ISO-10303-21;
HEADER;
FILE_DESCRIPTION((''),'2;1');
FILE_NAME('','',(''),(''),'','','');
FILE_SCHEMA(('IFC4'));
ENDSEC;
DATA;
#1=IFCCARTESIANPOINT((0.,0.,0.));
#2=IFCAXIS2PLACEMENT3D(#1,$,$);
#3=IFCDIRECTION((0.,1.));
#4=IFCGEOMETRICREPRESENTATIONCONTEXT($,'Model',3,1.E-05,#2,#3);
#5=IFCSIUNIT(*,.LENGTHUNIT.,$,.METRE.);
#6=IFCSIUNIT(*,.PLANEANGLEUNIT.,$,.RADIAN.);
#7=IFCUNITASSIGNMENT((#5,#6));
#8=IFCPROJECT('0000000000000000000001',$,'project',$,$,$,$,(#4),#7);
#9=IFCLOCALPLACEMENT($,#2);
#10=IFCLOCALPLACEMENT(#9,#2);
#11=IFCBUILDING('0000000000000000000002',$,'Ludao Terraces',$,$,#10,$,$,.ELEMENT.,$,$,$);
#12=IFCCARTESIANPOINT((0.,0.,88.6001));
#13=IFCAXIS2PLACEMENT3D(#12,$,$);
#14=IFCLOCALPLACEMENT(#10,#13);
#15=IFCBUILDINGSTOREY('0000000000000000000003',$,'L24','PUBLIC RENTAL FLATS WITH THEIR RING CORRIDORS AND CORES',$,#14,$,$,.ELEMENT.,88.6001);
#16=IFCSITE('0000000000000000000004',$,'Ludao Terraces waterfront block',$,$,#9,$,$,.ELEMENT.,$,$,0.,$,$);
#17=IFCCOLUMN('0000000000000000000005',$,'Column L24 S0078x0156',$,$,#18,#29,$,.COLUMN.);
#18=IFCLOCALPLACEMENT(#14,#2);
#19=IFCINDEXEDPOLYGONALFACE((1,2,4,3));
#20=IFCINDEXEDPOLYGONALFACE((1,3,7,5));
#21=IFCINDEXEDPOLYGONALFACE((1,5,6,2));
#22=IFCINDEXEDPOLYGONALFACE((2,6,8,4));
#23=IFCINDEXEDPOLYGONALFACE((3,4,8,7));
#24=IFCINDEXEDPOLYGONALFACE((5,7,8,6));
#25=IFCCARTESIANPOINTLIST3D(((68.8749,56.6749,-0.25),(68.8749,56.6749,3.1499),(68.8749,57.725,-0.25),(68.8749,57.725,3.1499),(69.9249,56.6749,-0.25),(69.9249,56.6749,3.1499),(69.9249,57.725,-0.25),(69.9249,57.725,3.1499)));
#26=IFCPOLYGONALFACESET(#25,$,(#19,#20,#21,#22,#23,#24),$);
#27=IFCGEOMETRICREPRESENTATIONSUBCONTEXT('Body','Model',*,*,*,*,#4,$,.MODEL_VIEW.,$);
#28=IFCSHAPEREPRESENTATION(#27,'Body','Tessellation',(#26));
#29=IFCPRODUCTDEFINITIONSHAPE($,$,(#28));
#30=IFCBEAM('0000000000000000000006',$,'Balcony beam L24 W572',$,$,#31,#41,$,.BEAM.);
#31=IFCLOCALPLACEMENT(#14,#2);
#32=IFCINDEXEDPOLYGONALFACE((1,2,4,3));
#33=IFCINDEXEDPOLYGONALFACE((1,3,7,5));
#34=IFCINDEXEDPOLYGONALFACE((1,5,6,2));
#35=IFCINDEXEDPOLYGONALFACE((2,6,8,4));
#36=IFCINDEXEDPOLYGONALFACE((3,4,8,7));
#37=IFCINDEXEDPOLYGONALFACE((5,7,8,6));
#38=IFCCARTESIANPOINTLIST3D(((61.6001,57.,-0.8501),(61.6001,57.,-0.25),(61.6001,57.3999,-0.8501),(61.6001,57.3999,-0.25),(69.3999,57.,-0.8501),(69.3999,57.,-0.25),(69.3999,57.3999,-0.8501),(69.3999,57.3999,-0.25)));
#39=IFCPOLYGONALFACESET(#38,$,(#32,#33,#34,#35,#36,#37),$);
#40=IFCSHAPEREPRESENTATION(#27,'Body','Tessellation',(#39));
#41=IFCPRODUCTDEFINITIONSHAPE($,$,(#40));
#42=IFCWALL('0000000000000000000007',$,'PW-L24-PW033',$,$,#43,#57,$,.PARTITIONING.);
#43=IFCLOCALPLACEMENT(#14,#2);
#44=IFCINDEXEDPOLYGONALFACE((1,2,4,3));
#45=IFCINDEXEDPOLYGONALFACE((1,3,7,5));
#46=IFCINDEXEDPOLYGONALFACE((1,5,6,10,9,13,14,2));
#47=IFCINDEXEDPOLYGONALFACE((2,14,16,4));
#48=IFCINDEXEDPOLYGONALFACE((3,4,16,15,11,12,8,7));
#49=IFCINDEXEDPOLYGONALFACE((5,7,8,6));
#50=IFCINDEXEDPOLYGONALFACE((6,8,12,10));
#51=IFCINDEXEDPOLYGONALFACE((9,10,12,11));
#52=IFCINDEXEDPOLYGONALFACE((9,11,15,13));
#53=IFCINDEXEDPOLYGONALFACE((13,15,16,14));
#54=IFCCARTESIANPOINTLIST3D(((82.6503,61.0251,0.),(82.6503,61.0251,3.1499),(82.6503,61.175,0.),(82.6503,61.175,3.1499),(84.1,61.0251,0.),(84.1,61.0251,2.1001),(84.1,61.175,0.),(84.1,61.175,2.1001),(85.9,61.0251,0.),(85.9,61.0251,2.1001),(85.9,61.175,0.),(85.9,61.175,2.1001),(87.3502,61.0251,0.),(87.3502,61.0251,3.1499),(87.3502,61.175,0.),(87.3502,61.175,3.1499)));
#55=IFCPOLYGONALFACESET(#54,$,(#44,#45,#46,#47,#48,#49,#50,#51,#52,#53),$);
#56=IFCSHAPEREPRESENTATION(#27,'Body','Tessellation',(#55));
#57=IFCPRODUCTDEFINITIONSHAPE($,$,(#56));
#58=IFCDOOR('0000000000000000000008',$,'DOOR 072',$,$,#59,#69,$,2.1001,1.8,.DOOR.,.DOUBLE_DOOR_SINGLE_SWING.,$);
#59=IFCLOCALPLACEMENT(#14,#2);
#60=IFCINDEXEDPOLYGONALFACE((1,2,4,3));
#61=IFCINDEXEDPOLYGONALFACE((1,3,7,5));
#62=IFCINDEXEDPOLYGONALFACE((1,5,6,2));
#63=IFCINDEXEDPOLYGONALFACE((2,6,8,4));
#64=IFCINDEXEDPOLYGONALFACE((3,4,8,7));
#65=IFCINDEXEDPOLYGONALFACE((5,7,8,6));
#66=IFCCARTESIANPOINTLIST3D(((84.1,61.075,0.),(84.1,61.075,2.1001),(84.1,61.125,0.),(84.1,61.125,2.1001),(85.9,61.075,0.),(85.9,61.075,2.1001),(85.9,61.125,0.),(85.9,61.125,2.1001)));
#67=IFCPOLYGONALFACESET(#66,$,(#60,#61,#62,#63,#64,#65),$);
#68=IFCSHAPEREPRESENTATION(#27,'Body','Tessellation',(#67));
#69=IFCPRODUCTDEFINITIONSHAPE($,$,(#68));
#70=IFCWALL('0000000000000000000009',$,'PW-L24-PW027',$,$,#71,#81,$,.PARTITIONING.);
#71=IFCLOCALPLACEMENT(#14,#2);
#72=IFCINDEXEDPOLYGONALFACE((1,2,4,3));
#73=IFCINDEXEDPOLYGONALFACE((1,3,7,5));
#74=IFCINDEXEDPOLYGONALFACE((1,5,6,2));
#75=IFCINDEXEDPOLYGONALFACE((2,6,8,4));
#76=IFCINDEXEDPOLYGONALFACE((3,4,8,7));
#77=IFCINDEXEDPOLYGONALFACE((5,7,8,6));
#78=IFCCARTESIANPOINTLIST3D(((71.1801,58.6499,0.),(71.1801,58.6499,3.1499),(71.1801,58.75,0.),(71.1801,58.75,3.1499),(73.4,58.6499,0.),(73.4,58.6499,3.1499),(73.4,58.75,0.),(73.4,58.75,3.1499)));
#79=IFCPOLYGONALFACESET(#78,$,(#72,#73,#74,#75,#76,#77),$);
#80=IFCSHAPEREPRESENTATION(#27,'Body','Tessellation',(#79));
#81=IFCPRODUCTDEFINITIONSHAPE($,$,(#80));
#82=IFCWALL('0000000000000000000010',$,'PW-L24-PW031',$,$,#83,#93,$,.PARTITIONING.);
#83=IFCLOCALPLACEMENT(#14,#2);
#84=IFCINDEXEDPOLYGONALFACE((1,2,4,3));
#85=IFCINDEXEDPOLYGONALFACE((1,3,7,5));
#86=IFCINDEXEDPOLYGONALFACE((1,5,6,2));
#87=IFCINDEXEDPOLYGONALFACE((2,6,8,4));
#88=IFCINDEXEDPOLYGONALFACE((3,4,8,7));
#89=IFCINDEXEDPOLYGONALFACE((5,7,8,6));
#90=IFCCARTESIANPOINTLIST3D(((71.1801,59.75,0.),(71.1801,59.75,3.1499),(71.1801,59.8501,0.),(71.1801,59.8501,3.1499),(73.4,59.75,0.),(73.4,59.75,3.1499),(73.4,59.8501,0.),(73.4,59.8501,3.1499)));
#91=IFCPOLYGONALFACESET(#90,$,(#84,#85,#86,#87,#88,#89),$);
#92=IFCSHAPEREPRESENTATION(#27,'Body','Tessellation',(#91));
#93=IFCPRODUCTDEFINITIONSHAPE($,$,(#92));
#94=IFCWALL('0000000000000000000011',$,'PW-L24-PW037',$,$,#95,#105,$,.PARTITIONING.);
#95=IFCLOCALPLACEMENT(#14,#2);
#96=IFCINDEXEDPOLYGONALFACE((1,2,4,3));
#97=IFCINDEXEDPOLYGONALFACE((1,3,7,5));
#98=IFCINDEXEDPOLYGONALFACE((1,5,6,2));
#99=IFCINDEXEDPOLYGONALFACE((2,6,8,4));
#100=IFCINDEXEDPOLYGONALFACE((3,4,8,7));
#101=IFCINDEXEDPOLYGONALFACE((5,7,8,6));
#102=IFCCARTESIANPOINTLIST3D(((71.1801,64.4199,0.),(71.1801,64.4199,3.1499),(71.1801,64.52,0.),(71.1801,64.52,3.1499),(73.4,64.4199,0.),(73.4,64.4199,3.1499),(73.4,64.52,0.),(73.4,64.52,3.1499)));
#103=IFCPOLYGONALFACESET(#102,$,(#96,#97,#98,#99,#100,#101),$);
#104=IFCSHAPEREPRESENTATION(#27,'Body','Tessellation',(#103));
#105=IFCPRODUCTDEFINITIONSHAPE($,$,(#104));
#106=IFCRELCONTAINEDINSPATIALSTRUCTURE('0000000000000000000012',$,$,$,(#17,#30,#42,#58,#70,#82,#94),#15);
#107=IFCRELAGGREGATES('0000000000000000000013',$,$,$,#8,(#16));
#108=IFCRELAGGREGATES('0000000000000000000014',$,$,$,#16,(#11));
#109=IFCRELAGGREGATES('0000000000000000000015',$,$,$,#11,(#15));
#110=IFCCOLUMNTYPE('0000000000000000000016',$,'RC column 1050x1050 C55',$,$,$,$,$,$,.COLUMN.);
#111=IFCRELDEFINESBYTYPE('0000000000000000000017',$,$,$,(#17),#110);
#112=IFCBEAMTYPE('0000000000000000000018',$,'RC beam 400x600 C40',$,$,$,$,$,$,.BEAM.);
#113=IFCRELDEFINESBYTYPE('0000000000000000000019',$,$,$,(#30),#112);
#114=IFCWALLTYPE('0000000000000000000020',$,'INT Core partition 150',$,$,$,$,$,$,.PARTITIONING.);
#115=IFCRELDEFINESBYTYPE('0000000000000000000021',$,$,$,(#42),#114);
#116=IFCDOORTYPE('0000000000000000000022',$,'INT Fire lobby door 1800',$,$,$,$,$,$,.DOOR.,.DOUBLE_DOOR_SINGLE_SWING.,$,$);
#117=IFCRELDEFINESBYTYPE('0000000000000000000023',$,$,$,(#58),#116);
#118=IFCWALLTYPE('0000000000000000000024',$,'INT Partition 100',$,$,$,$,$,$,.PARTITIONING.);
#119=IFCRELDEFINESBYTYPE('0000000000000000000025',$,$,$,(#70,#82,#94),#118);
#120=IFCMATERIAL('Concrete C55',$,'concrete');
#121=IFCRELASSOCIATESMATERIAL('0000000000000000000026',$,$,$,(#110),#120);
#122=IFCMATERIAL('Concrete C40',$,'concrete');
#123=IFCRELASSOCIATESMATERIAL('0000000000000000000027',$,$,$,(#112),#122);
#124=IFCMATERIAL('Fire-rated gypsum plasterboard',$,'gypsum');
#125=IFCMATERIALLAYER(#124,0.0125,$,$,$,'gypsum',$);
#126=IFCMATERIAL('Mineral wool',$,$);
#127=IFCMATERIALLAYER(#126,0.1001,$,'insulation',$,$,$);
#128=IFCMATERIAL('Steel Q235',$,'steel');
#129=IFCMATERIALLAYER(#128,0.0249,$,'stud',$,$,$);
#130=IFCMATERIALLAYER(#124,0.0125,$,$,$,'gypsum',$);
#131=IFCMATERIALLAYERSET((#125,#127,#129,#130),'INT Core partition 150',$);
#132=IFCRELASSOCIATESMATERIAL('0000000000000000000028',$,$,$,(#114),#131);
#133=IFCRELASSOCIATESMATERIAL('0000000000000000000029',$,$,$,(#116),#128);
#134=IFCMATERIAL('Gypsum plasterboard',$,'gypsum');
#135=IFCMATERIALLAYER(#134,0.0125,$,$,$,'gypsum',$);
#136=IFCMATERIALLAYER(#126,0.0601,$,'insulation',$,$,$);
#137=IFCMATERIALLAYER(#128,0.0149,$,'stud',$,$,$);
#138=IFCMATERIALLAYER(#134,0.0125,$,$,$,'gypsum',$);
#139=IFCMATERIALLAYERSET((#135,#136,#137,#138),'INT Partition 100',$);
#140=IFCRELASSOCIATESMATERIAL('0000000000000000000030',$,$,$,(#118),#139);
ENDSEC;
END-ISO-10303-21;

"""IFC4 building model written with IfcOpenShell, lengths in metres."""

from ifc_helpers import new_model, si_unit, direction, frame, frame_2d, origin, origin_2d, place, context, subcontext, project, spatial, rectangle, extrude, material, layer, layer_set, material_profile, profile_set, type_object, element, fill, save


model = new_model("IFC4")

# Units and contexts
model_context = context("Model", 3, precision=1e-05, world=origin(), true_north=direction((0.0, 1.0)))
body_context = subcontext(model_context, "Body", "Model", "MODEL_VIEW")
ifc_project = project(units=[si_unit("LENGTHUNIT", "METRE"), si_unit("PLANEANGLEUNIT", "RADIAN")], contexts=[model_context])

# Site, building, storey
site_placement = place(None, origin())
site = spatial("IfcSite", under=ifc_project, at=site_placement, Name="Ludao Terraces waterfront block", CompositionType="ELEMENT", RefElevation=0.0)
building_placement = place(site_placement, origin())
building = spatial("IfcBuilding", under=site, at=building_placement, Name="Ludao Terraces", CompositionType="ELEMENT")
storey_placement = place(building_placement, frame((0.0, 0.0, 88.6001)))
storey = spatial("IfcBuildingStorey", under=building, at=storey_placement, Name="L24", Description="PUBLIC RENTAL FLATS WITH THEIR RING CORRIDORS AND CORES", CompositionType="ELEMENT", Elevation=88.6001)

# Column
ifc_material_1 = material(Name="Concrete C55", Category="concrete")
ifc_material_profile_1 = material_profile(ifc_material_1, rectangle(XDim=1.05, YDim=1.05, at=origin_2d()), Name="1050 X 1050")
ifc_profile_set_1 = profile_set([ifc_material_profile_1], Name="Concrete C55")
column_type = type_object("IfcColumnType", Name="RC column 1050x1050 C55", PredefinedType="COLUMN", material=ifc_profile_set_1)
column_placement = place(storey_placement, frame((69.3999, 57.2, -0.25), z_axis=(0.0, 0.0, 1.0), x_axis=(1.0, 0.0, 0.0)))
element("IfcColumn", 1, at=column_placement, inside=storey, type_object=column_type, Name="Column L24 S0078x0156", PredefinedType="COLUMN", context=body_context, shape_type="SweptSolid", body=[
    extrude(rectangle(XDim=1.05, YDim=1.05, at=origin_2d()), origin(), (0.0, 0.0, 1.0), 3.3999),
])

# Beam
ifc_material_2 = material(Name="Concrete C40", Category="concrete")
ifc_material_profile_2 = material_profile(ifc_material_2, rectangle(XDim=0.3999, YDim=0.6001, at=origin_2d()), Name="400 X 600")
ifc_profile_set_2 = profile_set([ifc_material_profile_2], Name="Concrete C40")
beam_type = type_object("IfcBeamType", Name="RC beam 400x600 C40", PredefinedType="BEAM", material=ifc_profile_set_2)
beam_placement = place(storey_placement, frame((69.3999, 57.2, -0.55), z_axis=(-1.0, 0.0, 0.0), x_axis=(0.0, -1.0, 0.0)))
element("IfcBeam", 2, at=beam_placement, inside=storey, type_object=beam_type, Name="Balcony beam L24 W572", PredefinedType="BEAM", context=body_context, shape_type="SweptSolid", body=[
    extrude(rectangle(XDim=0.3999, YDim=0.6001, at=origin_2d()), origin(), (0.0, 0.0, 1.0), 7.7998),
])

# Wall, opening, door
ifc_material_3 = material(Name="Fire-rated gypsum plasterboard", Category="gypsum")
ifc_layer_1 = layer(ifc_material_3, 0.0125, Category="gypsum")
ifc_material_4 = material(Name="Mineral wool")
ifc_layer_2 = layer(ifc_material_4, 0.1001, Name="insulation")
ifc_material_5 = material(Name="Steel Q235", Category="steel")
ifc_layer_3 = layer(ifc_material_5, 0.0249, Name="stud")
ifc_layer_4 = layer(ifc_material_3, 0.0125, Category="gypsum")
ifc_layer_set_1 = layer_set([ifc_layer_1, ifc_layer_2, ifc_layer_3, ifc_layer_4], Name="INT Core partition 150")
wall_type_1 = type_object("IfcWallType", Name="INT Core partition 150", PredefinedType="PARTITIONING", material=ifc_layer_set_1)
wall_1_placement = place(storey_placement, frame((82.6501, 61.1001, 0.0), z_axis=(0.0, 0.0, 1.0), x_axis=(1.0, 0.0, 0.0)))
wall_1 = element("IfcWall", 3, at=wall_1_placement, inside=storey, type_object=wall_type_1, Name="PW-L24-PW033", PredefinedType="PARTITIONING", context=body_context, shape_type="SweptSolid", body=[
    extrude(rectangle(XDim=4.7, YDim=0.1499, at=frame_2d((2.3501, 0.0))), origin(), (0.0, 0.0, 1.0), 3.1499),
])
opening_1_placement = place(wall_1_placement, frame((1.45, 0.0, 0.0)))
opening_1 = element("IfcOpeningElement", 4, at=opening_1_placement, cuts=wall_1, PredefinedType="OPENING", context=body_context, shape_type="SweptSolid", body=[
    extrude(rectangle(XDim=1.8, YDim=2.1001, at=frame_2d((0.8999, 1.05))), frame((0.0, 0.085, 0.0), z_axis=(0.0, -1.0, 0.0), x_axis=(1.0, 0.0, 0.0)), (0.0, 0.0, 1.0), 0.1699),
])
door_type_1 = type_object("IfcDoorType", Name="INT Fire lobby door 1800", OperationType="DOUBLE_DOOR_SINGLE_SWING", PredefinedType="DOOR", material=ifc_material_5)
door_1_placement = place(opening_1_placement, origin())
door_1 = element("IfcDoor", 5, at=door_1_placement, inside=storey, type_object=door_type_1, Name="DOOR 072", OperationType="DOUBLE_DOOR_SINGLE_SWING", OverallHeight=2.1001, OverallWidth=1.8, PredefinedType="DOOR", context=body_context, shape_type="SweptSolid", body=[
    extrude(rectangle(XDim=1.8, YDim=2.1001, at=frame_2d((0.8999, 1.05))), frame((0.0, 0.0249, 0.0), z_axis=(0.0, -1.0, 0.0), x_axis=(1.0, 0.0, 0.0)), (0.0, 0.0, 1.0), 0.05),
])
fill(opening_1, door_1)

# Walls
ifc_material_6 = material(Name="Gypsum plasterboard", Category="gypsum")
ifc_layer_5 = layer(ifc_material_6, 0.0125, Category="gypsum")
ifc_layer_6 = layer(ifc_material_4, 0.0601, Name="insulation")
ifc_layer_7 = layer(ifc_material_5, 0.0149, Name="stud")
ifc_layer_8 = layer(ifc_material_6, 0.0125, Category="gypsum")
ifc_layer_set_2 = layer_set([ifc_layer_5, ifc_layer_6, ifc_layer_7, ifc_layer_8], Name="INT Partition 100")
wall_type_2 = type_object("IfcWallType", Name="INT Partition 100", PredefinedType="PARTITIONING", material=ifc_layer_set_2)
for number, where, z_axis, x_axis, name in (
    (6, (71.1802, 58.7, 0.0), (0.0, 0.0, 1.0), (1.0, 0.0, 0.0), "PW-L24-PW027"),
    (7, (71.1802, 59.8, 0.0), (0.0, 0.0, 1.0), (1.0, 0.0, 0.0), "PW-L24-PW031"),
    (8, (71.1802, 64.47, 0.0), (0.0, 0.0, 1.0), (1.0, 0.0, 0.0), "PW-L24-PW037"),
):
    element("IfcWall", number, at=place(storey_placement, frame(where, z_axis=z_axis, x_axis=x_axis)), inside=storey, type_object=wall_type_2, Name=name, PredefinedType="PARTITIONING", context=body_context, shape_type="SweptSolid", body=[
        extrude(rectangle(XDim=2.22, YDim=0.1001, at=frame_2d((1.1099, 0.0))), origin(), (0.0, 0.0, 1.0), 3.1499),
    ])

save(model, "model.ifc")
